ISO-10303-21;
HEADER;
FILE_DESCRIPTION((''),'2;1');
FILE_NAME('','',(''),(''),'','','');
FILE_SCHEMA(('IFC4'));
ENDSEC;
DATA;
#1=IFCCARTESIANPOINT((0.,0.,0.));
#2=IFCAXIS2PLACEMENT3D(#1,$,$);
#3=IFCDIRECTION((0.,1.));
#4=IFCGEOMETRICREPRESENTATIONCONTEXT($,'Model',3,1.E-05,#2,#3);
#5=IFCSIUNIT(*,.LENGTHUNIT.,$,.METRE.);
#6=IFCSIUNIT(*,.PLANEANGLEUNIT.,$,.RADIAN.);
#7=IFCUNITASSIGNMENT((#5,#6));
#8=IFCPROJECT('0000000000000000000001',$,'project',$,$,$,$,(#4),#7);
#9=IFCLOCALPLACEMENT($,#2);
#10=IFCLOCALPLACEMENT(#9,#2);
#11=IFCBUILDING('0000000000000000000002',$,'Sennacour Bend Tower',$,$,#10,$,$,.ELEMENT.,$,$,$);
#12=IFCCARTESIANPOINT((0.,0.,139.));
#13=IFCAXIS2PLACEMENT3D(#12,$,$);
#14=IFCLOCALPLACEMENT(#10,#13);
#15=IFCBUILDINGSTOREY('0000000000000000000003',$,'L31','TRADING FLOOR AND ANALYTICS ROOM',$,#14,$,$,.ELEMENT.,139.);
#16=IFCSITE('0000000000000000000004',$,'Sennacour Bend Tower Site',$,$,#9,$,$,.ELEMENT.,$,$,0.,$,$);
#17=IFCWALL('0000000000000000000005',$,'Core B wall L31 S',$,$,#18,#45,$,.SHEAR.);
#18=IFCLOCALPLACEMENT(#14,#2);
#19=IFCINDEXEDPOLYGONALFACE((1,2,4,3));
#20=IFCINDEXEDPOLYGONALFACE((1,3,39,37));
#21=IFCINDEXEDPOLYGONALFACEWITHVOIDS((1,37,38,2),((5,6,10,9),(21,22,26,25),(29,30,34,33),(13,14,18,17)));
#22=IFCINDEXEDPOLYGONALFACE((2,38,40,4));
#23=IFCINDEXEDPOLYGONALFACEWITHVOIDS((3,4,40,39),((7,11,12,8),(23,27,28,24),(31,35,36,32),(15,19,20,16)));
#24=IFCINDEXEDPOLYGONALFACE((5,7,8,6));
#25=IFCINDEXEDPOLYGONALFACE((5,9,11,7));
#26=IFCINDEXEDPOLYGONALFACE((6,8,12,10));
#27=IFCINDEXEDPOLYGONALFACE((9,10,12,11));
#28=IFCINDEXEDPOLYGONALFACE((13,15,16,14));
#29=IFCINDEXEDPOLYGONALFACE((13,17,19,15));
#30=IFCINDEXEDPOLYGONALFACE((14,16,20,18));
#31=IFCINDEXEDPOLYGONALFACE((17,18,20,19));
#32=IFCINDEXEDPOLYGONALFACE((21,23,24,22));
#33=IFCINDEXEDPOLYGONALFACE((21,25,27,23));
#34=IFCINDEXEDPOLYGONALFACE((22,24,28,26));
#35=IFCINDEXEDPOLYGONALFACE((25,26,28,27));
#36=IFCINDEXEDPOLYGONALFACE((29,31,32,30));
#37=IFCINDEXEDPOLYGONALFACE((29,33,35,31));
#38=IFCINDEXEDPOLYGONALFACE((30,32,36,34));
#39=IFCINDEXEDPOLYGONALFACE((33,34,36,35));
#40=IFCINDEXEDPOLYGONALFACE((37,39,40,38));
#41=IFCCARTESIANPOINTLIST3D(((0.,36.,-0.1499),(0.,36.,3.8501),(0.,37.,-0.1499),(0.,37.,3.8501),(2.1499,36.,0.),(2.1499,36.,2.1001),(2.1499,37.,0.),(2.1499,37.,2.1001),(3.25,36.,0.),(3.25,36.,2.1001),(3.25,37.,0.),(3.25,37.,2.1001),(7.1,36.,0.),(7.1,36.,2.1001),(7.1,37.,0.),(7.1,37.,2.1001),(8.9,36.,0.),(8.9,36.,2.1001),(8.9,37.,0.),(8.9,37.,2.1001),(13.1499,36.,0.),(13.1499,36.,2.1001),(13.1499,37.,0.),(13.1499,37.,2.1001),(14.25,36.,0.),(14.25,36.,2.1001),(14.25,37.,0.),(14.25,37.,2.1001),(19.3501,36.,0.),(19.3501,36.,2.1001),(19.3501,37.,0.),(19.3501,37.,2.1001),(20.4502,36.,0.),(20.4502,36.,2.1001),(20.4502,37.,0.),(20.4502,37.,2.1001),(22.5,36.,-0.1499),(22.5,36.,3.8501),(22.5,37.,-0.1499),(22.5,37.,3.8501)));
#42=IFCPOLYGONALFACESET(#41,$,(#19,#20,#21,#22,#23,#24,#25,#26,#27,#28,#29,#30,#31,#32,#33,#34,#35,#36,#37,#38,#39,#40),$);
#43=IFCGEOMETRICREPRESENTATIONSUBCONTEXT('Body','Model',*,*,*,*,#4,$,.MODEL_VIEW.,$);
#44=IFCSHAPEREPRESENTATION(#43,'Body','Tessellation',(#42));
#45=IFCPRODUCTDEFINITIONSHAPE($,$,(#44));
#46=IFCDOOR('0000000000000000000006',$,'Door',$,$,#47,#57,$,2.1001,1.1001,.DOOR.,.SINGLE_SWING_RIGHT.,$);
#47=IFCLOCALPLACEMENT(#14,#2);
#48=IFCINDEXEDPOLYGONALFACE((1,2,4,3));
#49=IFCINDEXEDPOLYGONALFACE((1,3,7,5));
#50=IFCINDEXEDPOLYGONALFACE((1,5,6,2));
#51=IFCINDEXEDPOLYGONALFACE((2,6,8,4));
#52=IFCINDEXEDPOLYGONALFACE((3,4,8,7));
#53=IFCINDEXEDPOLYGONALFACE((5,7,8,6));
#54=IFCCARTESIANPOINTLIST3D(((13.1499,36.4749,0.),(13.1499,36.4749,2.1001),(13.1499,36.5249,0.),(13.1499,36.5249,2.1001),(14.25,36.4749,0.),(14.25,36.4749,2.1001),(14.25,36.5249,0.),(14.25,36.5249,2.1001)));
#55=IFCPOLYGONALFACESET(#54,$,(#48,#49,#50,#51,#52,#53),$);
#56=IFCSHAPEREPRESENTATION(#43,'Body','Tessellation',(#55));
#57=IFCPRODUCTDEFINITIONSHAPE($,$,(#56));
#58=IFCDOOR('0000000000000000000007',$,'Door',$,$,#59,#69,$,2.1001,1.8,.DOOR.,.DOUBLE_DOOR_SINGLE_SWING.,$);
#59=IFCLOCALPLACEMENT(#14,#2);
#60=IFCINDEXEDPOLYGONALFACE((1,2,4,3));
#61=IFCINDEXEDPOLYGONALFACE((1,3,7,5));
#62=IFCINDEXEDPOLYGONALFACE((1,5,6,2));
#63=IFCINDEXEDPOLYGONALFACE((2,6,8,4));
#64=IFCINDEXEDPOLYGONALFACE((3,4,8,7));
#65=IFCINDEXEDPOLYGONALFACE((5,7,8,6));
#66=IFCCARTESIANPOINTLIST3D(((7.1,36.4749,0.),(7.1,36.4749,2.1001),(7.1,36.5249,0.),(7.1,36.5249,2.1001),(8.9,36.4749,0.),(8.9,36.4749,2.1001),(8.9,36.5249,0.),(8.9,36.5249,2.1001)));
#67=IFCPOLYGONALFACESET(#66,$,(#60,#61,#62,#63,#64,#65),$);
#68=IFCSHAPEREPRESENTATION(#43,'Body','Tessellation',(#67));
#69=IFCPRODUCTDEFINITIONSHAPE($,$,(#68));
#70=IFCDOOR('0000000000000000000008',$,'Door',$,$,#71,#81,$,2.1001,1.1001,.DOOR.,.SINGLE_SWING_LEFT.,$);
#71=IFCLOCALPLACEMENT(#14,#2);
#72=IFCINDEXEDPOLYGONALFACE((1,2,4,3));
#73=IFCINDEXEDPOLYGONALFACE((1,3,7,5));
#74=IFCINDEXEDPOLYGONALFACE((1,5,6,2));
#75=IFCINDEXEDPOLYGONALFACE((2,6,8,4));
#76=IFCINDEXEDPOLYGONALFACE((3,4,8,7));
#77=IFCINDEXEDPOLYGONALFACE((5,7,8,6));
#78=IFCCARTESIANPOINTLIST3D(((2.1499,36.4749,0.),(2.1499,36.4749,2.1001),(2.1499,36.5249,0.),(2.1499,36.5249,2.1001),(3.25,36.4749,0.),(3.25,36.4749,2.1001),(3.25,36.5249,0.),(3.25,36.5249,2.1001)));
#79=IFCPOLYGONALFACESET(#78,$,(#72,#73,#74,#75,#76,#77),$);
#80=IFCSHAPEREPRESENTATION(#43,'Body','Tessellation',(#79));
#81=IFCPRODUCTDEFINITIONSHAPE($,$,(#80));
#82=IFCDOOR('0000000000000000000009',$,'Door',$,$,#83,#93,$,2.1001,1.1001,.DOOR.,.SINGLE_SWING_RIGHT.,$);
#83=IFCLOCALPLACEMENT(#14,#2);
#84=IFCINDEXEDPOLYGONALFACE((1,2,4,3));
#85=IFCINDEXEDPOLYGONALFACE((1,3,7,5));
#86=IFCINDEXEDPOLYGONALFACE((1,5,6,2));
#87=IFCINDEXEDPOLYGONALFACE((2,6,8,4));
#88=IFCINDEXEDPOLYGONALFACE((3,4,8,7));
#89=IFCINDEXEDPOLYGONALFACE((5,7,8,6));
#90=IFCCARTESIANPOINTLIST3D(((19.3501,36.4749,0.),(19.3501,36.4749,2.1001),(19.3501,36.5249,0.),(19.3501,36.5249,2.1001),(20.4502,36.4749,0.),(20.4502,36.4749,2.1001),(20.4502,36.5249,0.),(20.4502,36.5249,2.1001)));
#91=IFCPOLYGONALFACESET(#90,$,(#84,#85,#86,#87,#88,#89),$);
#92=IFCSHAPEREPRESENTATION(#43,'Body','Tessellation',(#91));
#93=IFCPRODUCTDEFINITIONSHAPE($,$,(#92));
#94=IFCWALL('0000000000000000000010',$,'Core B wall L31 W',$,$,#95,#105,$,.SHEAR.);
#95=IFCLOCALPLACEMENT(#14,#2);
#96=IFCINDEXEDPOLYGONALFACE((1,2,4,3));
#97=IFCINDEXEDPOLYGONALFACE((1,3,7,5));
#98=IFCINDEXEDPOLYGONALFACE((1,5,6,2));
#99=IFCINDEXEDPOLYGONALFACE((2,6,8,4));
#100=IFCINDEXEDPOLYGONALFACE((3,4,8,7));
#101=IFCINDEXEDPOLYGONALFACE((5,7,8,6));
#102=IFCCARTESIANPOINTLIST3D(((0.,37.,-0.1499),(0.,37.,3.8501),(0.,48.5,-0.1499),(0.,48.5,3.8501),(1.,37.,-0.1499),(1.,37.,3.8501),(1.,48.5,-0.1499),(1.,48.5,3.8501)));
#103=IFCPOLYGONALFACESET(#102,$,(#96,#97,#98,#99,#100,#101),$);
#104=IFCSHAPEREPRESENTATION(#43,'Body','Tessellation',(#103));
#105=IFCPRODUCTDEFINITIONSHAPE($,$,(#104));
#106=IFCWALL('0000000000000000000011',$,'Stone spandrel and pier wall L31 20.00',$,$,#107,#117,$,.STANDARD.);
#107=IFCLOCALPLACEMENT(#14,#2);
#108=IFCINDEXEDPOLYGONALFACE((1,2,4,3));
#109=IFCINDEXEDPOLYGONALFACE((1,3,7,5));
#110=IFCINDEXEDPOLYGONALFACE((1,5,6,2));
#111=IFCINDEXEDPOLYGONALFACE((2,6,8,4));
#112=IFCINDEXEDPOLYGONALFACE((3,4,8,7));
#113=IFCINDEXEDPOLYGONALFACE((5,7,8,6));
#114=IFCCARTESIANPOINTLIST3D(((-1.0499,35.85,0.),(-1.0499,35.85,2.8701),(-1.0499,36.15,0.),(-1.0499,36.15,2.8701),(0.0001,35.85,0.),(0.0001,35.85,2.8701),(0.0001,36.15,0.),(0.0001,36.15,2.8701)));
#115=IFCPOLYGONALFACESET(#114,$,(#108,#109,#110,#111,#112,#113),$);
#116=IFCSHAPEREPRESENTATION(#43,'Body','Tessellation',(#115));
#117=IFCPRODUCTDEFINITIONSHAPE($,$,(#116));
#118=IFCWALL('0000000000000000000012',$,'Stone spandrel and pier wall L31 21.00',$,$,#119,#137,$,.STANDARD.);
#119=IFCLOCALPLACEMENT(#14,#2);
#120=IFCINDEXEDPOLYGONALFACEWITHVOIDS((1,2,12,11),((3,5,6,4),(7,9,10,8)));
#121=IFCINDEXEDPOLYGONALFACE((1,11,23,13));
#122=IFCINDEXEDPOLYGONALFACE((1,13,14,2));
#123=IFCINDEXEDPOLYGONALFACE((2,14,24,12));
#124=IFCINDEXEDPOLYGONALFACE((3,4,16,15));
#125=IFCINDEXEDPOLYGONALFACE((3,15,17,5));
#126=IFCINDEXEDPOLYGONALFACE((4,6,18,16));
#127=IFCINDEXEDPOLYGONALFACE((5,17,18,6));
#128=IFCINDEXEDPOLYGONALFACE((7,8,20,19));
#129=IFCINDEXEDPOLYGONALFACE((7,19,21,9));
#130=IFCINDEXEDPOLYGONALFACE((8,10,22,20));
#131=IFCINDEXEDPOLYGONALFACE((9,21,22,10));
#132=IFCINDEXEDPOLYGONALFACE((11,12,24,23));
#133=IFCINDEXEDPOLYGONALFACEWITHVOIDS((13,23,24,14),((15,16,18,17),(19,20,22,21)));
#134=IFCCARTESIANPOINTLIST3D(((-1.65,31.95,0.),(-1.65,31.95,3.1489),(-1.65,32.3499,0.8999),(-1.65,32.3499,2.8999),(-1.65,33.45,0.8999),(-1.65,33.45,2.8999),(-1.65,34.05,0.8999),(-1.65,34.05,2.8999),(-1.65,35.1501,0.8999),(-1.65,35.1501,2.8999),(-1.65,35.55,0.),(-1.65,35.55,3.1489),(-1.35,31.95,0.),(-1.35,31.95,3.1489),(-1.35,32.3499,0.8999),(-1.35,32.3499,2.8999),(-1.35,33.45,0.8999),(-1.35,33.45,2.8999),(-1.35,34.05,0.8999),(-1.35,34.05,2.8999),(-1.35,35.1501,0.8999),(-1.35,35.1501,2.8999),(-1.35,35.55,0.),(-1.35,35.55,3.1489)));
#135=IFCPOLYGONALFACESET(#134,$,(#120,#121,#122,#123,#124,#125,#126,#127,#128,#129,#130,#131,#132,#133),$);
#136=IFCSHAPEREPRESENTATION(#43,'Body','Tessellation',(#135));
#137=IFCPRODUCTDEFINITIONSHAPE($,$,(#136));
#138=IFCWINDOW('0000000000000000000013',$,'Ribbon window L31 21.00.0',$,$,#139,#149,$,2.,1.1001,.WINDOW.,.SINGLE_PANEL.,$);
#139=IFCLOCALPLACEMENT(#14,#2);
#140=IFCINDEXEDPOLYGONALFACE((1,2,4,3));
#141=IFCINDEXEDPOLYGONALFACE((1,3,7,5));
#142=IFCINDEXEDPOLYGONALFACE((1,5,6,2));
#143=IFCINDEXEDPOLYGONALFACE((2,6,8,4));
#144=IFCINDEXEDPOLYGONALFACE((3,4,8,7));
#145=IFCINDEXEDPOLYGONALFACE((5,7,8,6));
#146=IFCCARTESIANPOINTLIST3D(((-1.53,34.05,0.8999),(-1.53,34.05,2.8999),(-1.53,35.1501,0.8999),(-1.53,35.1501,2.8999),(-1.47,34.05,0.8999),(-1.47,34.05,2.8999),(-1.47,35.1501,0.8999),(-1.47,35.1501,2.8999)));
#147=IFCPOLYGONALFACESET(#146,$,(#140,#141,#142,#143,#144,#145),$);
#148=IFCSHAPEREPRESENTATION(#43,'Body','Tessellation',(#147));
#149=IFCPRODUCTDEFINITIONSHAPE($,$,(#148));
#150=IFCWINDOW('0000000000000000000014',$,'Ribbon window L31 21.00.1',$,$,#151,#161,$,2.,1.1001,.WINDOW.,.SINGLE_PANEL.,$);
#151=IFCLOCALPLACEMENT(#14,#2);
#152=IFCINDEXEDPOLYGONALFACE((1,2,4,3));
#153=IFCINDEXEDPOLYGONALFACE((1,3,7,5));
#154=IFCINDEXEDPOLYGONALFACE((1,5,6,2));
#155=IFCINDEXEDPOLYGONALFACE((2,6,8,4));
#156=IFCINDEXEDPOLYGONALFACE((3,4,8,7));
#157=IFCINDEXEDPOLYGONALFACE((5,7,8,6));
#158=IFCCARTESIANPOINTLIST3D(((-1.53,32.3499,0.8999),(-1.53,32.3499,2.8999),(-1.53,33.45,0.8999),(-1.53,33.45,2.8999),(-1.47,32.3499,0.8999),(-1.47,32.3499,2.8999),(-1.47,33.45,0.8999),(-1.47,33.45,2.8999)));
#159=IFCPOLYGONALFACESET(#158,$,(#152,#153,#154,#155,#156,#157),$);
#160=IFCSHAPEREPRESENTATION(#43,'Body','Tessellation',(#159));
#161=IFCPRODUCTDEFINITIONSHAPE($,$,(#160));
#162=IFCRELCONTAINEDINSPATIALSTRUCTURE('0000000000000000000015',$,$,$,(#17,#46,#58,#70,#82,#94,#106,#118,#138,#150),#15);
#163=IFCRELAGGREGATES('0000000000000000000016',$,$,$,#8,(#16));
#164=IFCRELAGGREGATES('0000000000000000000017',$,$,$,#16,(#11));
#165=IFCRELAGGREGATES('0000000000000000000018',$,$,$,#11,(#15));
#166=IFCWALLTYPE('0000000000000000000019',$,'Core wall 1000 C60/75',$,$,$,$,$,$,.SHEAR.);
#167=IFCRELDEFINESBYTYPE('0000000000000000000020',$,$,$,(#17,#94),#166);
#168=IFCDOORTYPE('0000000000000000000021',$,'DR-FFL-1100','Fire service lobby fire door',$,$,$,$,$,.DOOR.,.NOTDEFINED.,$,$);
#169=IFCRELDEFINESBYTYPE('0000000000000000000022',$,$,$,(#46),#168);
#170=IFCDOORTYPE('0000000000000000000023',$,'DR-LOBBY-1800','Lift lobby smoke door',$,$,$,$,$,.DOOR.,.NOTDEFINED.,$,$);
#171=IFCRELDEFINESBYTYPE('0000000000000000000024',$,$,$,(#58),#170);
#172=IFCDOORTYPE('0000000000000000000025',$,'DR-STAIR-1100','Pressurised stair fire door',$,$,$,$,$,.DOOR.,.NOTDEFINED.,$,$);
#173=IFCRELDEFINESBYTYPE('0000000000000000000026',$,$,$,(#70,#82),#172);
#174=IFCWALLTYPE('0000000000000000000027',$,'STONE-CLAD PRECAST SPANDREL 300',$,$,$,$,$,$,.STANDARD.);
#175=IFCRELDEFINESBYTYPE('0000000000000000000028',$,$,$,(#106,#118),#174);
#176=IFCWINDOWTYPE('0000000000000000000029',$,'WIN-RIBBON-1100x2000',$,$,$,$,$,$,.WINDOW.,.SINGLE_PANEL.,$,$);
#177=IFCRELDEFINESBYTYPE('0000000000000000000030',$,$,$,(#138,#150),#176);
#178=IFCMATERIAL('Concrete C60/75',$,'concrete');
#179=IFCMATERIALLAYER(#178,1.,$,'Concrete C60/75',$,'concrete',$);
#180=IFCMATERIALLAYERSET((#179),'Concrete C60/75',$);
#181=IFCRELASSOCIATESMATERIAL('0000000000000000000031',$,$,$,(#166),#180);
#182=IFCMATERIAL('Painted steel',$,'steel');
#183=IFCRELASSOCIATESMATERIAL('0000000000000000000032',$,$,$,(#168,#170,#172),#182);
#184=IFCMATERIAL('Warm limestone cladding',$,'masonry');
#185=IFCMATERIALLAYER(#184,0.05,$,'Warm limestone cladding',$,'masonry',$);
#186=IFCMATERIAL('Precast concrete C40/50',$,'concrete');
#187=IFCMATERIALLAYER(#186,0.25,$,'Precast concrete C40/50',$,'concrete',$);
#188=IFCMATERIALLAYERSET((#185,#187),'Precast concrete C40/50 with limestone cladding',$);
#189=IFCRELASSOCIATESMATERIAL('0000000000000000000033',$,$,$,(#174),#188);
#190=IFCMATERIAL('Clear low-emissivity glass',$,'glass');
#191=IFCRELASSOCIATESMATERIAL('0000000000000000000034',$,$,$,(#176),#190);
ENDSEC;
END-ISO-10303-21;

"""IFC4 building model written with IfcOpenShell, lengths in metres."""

from ifc_helpers import new_model, si_unit, direction, frame, frame_2d, origin, place, context, subcontext, project, spatial, rectangle, extrude, material, layer, layer_set, type_object, element, fill, save


model = new_model("IFC4")

# Units and contexts
model_context = context("Model", 3, precision=1e-05, world=origin(), true_north=direction((0.0, 1.0)))
body_context = subcontext(model_context, "Body", "Model", "MODEL_VIEW")
ifc_project = project(units=[si_unit("LENGTHUNIT", "METRE"), si_unit("PLANEANGLEUNIT", "RADIAN")], contexts=[model_context])

# Site, building, storey
site_placement = place(None, origin())
site = spatial("IfcSite", under=ifc_project, at=site_placement, Name="Sennacour Bend Tower Site", CompositionType="ELEMENT", RefElevation=0.0)
building_placement = place(site_placement, origin())
building = spatial("IfcBuilding", under=site, at=building_placement, Name="Sennacour Bend Tower", CompositionType="ELEMENT")
storey_placement = place(building_placement, frame((0.0, 0.0, 139.0)))
storey = spatial("IfcBuildingStorey", under=building, at=storey_placement, Name="L31", Description="TRADING FLOOR AND ANALYTICS ROOM", CompositionType="ELEMENT", Elevation=139.0)

# Wall, openings, doors
ifc_material_1 = material(Name="Concrete C60/75", Category="concrete")
ifc_layer_1 = layer(ifc_material_1, 1.0, Name="Concrete C60/75", Category="concrete")
ifc_layer_set_1 = layer_set([ifc_layer_1], Name="Concrete C60/75")
wall_type_1 = type_object("IfcWallType", Name="Core wall 1000 C60/75", PredefinedType="SHEAR", material=ifc_layer_set_1)
wall_1_placement = place(storey_placement, frame((0.0, 36.5, -0.1499), z_axis=(0.0, 0.0, 1.0), x_axis=(1.0, 0.0, 0.0)))
wall_1 = element("IfcWall", 1, at=wall_1_placement, inside=storey, type_object=wall_type_1, Name="Core B wall L31 S", PredefinedType="SHEAR", context=body_context, shape_type="SweptSolid", body=[
    extrude(rectangle(XDim=22.5, YDim=1.0, at=frame_2d((11.25, 0.0))), origin(), (0.0, 0.0, 1.0), 4.0),
])
opening_1_placement = place(wall_1_placement, frame((7.1001, 0.0, 0.1499)))
opening_1 = element("IfcOpeningElement", 2, at=opening_1_placement, cuts=wall_1, PredefinedType="OPENING", context=body_context, shape_type="SweptSolid", body=[
    extrude(rectangle(XDim=1.8, YDim=2.1001, at=frame_2d((0.8999, 1.05))), frame((0.0, 0.51, 0.0), z_axis=(0.0, -1.0, 0.0), x_axis=(1.0, 0.0, 0.0)), (0.0, 0.0, 1.0), 1.02),
])
opening_2_placement = place(wall_1_placement, frame((13.1499, 0.0, 0.1499)))
opening_2 = element("IfcOpeningElement", 3, at=opening_2_placement, cuts=wall_1, PredefinedType="OPENING", context=body_context, shape_type="SweptSolid", body=[
    extrude(rectangle(XDim=1.1001, YDim=2.1001, at=frame_2d((0.55, 1.05))), frame((0.0, 0.51, 0.0), z_axis=(0.0, -1.0, 0.0), x_axis=(1.0, 0.0, 0.0)), (0.0, 0.0, 1.0), 1.02),
])
opening_3_placement = place(wall_1_placement, frame((2.1499, 0.0, 0.1499)))
opening_3 = element("IfcOpeningElement", 4, at=opening_3_placement, cuts=wall_1, PredefinedType="OPENING", context=body_context, shape_type="SweptSolid", body=[
    extrude(rectangle(XDim=1.1001, YDim=2.1001, at=frame_2d((0.55, 1.05))), frame((0.0, 0.51, 0.0), z_axis=(0.0, -1.0, 0.0), x_axis=(1.0, 0.0, 0.0)), (0.0, 0.0, 1.0), 1.02),
])
opening_4_placement = place(wall_1_placement, frame((19.3501, 0.0, 0.1499)))
opening_4 = element("IfcOpeningElement", 5, at=opening_4_placement, cuts=wall_1, PredefinedType="OPENING", context=body_context, shape_type="SweptSolid", body=[
    extrude(rectangle(XDim=1.1001, YDim=2.1001, at=frame_2d((0.55, 1.05))), frame((0.0, 0.51, 0.0), z_axis=(0.0, -1.0, 0.0), x_axis=(1.0, 0.0, 0.0)), (0.0, 0.0, 1.0), 1.02),
])
ifc_material_2 = material(Name="Painted steel", Category="steel")
door_type_1 = type_object("IfcDoorType", Name="DR-FFL-1100", Description="Fire service lobby fire door", OperationType="NOTDEFINED", PredefinedType="DOOR", material=ifc_material_2)
door_1_placement = place(opening_2_placement, origin())
door_1 = element("IfcDoor", 6, at=door_1_placement, inside=storey, type_object=door_type_1, Name="Door", OperationType="SINGLE_SWING_RIGHT", OverallHeight=2.1001, OverallWidth=1.1001, PredefinedType="DOOR", context=body_context, shape_type="SweptSolid", body=[
    extrude(rectangle(XDim=1.1001, YDim=2.1001, at=frame_2d((0.55, 1.05))), frame((0.0, 0.0249, 0.0), z_axis=(0.0, -1.0, 0.0), x_axis=(1.0, 0.0, 0.0)), (0.0, 0.0, 1.0), 0.05),
])
fill(opening_2, door_1)
door_type_2 = type_object("IfcDoorType", Name="DR-LOBBY-1800", Description="Lift lobby smoke door", OperationType="NOTDEFINED", PredefinedType="DOOR", material=ifc_material_2)
door_2_placement = place(opening_1_placement, origin())
door_2 = element("IfcDoor", 7, at=door_2_placement, inside=storey, type_object=door_type_2, Name="Door", OperationType="DOUBLE_DOOR_SINGLE_SWING", OverallHeight=2.1001, OverallWidth=1.8, PredefinedType="DOOR", context=body_context, shape_type="SweptSolid", body=[
    extrude(rectangle(XDim=1.8, YDim=2.1001, at=frame_2d((0.8999, 1.05))), frame((0.0, 0.0249, 0.0), z_axis=(0.0, -1.0, 0.0), x_axis=(1.0, 0.0, 0.0)), (0.0, 0.0, 1.0), 0.05),
])
fill(opening_1, door_2)
door_type_3 = type_object("IfcDoorType", Name="DR-STAIR-1100", Description="Pressurised stair fire door", OperationType="NOTDEFINED", PredefinedType="DOOR", material=ifc_material_2)
door_3_placement = place(opening_3_placement, origin())
door_3 = element("IfcDoor", 8, at=door_3_placement, inside=storey, type_object=door_type_3, Name="Door", OperationType="SINGLE_SWING_LEFT", OverallHeight=2.1001, OverallWidth=1.1001, PredefinedType="DOOR", context=body_context, shape_type="SweptSolid", body=[
    extrude(rectangle(XDim=1.1001, YDim=2.1001, at=frame_2d((0.55, 1.05))), frame((0.0, 0.0249, 0.0), z_axis=(0.0, -1.0, 0.0), x_axis=(1.0, 0.0, 0.0)), (0.0, 0.0, 1.0), 0.05),
])
fill(opening_3, door_3)
door_4_placement = place(opening_4_placement, origin())
door_4 = element("IfcDoor", 9, at=door_4_placement, inside=storey, type_object=door_type_3, Name="Door", OperationType="SINGLE_SWING_RIGHT", OverallHeight=2.1001, OverallWidth=1.1001, PredefinedType="DOOR", context=body_context, shape_type="SweptSolid", body=[
    extrude(rectangle(XDim=1.1001, YDim=2.1001, at=frame_2d((0.55, 1.05))), frame((0.0, 0.0249, 0.0), z_axis=(0.0, -1.0, 0.0), x_axis=(1.0, 0.0, 0.0)), (0.0, 0.0, 1.0), 0.05),
])
fill(opening_4, door_4)

# Walls
wall_2_placement = place(storey_placement, frame((0.5, 37.0, -0.1499), z_axis=(0.0, 0.0, 1.0), x_axis=(0.0, 1.0, 0.0)))
element("IfcWall", 10, at=wall_2_placement, inside=storey, type_object=wall_type_1, Name="Core B wall L31 W", PredefinedType="SHEAR", context=body_context, shape_type="SweptSolid", body=[
    extrude(rectangle(XDim=11.5, YDim=1.0, at=frame_2d((5.75, 0.0))), origin(), (0.0, 0.0, 1.0), 4.0),
])
ifc_material_3 = material(Name="Warm limestone cladding", Category="masonry")
ifc_layer_2 = layer(ifc_material_3, 0.05, Name="Warm limestone cladding", Category="masonry")
ifc_material_4 = material(Name="Precast concrete C40/50", Category="concrete")
ifc_layer_3 = layer(ifc_material_4, 0.25, Name="Precast concrete C40/50", Category="concrete")
ifc_layer_set_2 = layer_set([ifc_layer_2, ifc_layer_3], Name="Precast concrete C40/50 with limestone cladding")
wall_type_2 = type_object("IfcWallType", Name="STONE-CLAD PRECAST SPANDREL 300", PredefinedType="STANDARD", material=ifc_layer_set_2)
wall_3_placement = place(storey_placement, frame((0.0, 36.0, 0.0), z_axis=(0.0, 0.0, 1.0), x_axis=(-1.0, 0.0, 0.0)))
element("IfcWall", 11, at=wall_3_placement, inside=storey, type_object=wall_type_2, Name="Stone spandrel and pier wall L31 20.00", PredefinedType="STANDARD", context=body_context, shape_type="SweptSolid", body=[
    extrude(rectangle(XDim=1.05, YDim=0.3, at=frame_2d((0.5249, 0.0))), origin(), (0.0, 0.0, 1.0), 2.8701),
])

# Wall, openings, windows
wall_4_placement = place(storey_placement, frame((-1.5, 35.55, 0.0), z_axis=(0.0, 0.0, 1.0), x_axis=(0.0, -1.0, 0.0)))
wall_4 = element("IfcWall", 12, at=wall_4_placement, inside=storey, type_object=wall_type_2, Name="Stone spandrel and pier wall L31 21.00", PredefinedType="STANDARD", context=body_context, shape_type="SweptSolid", body=[
    extrude(rectangle(XDim=3.6001, YDim=0.3, at=frame_2d((1.8, 0.0))), origin(), (0.0, 0.0, 1.0), 3.1489),
])
opening_5_placement = place(wall_4_placement, frame((0.3999, 0.0, 0.8999)))
opening_5 = element("IfcOpeningElement", 13, at=opening_5_placement, cuts=wall_4, PredefinedType="OPENING", context=body_context, shape_type="SweptSolid", body=[
    extrude(rectangle(XDim=1.1001, YDim=2.0, at=frame_2d((0.55, 1.0))), frame((0.0, 0.1602, 0.0), z_axis=(0.0, -1.0, 0.0), x_axis=(1.0, 0.0, 0.0)), (0.0, 0.0, 1.0), 0.3201),
])
opening_6_placement = place(wall_4_placement, frame((2.1001, 0.0, 0.8999)))
opening_6 = element("IfcOpeningElement", 14, at=opening_6_placement, cuts=wall_4, PredefinedType="OPENING", context=body_context, shape_type="SweptSolid", body=[
    extrude(rectangle(XDim=1.1001, YDim=2.0, at=frame_2d((0.55, 1.0))), frame((0.0, 0.1602, 0.0), z_axis=(0.0, -1.0, 0.0), x_axis=(1.0, 0.0, 0.0)), (0.0, 0.0, 1.0), 0.3201),
])
ifc_material_5 = material(Name="Clear low-emissivity glass", Category="glass")
window_type = type_object("IfcWindowType", Name="WIN-RIBBON-1100x2000", PartitioningType="SINGLE_PANEL", PredefinedType="WINDOW", material=ifc_material_5)
window_1_placement = place(opening_5_placement, origin())
window_1 = element("IfcWindow", 15, at=window_1_placement, inside=storey, type_object=window_type, Name="Ribbon window L31 21.00.0", OverallHeight=2.0, OverallWidth=1.1001, PartitioningType="SINGLE_PANEL", PredefinedType="WINDOW", context=body_context, shape_type="SweptSolid", body=[
    extrude(rectangle(XDim=1.1001, YDim=2.0, at=frame_2d((0.55, 1.0))), frame((0.0, 0.03, 0.0), z_axis=(0.0, -1.0, 0.0), x_axis=(1.0, 0.0, 0.0)), (0.0, 0.0, 1.0), 0.0601),
])
fill(opening_5, window_1)
window_2_placement = place(opening_6_placement, origin())
window_2 = element("IfcWindow", 16, at=window_2_placement, inside=storey, type_object=window_type, Name="Ribbon window L31 21.00.1", OverallHeight=2.0, OverallWidth=1.1001, PartitioningType="SINGLE_PANEL", PredefinedType="WINDOW", context=body_context, shape_type="SweptSolid", body=[
    extrude(rectangle(XDim=1.1001, YDim=2.0, at=frame_2d((0.55, 1.0))), frame((0.0, 0.03, 0.0), z_axis=(0.0, -1.0, 0.0), x_axis=(1.0, 0.0, 0.0)), (0.0, 0.0, 1.0), 0.0601),
])
fill(opening_6, window_2)

save(model, "model.ifc")
